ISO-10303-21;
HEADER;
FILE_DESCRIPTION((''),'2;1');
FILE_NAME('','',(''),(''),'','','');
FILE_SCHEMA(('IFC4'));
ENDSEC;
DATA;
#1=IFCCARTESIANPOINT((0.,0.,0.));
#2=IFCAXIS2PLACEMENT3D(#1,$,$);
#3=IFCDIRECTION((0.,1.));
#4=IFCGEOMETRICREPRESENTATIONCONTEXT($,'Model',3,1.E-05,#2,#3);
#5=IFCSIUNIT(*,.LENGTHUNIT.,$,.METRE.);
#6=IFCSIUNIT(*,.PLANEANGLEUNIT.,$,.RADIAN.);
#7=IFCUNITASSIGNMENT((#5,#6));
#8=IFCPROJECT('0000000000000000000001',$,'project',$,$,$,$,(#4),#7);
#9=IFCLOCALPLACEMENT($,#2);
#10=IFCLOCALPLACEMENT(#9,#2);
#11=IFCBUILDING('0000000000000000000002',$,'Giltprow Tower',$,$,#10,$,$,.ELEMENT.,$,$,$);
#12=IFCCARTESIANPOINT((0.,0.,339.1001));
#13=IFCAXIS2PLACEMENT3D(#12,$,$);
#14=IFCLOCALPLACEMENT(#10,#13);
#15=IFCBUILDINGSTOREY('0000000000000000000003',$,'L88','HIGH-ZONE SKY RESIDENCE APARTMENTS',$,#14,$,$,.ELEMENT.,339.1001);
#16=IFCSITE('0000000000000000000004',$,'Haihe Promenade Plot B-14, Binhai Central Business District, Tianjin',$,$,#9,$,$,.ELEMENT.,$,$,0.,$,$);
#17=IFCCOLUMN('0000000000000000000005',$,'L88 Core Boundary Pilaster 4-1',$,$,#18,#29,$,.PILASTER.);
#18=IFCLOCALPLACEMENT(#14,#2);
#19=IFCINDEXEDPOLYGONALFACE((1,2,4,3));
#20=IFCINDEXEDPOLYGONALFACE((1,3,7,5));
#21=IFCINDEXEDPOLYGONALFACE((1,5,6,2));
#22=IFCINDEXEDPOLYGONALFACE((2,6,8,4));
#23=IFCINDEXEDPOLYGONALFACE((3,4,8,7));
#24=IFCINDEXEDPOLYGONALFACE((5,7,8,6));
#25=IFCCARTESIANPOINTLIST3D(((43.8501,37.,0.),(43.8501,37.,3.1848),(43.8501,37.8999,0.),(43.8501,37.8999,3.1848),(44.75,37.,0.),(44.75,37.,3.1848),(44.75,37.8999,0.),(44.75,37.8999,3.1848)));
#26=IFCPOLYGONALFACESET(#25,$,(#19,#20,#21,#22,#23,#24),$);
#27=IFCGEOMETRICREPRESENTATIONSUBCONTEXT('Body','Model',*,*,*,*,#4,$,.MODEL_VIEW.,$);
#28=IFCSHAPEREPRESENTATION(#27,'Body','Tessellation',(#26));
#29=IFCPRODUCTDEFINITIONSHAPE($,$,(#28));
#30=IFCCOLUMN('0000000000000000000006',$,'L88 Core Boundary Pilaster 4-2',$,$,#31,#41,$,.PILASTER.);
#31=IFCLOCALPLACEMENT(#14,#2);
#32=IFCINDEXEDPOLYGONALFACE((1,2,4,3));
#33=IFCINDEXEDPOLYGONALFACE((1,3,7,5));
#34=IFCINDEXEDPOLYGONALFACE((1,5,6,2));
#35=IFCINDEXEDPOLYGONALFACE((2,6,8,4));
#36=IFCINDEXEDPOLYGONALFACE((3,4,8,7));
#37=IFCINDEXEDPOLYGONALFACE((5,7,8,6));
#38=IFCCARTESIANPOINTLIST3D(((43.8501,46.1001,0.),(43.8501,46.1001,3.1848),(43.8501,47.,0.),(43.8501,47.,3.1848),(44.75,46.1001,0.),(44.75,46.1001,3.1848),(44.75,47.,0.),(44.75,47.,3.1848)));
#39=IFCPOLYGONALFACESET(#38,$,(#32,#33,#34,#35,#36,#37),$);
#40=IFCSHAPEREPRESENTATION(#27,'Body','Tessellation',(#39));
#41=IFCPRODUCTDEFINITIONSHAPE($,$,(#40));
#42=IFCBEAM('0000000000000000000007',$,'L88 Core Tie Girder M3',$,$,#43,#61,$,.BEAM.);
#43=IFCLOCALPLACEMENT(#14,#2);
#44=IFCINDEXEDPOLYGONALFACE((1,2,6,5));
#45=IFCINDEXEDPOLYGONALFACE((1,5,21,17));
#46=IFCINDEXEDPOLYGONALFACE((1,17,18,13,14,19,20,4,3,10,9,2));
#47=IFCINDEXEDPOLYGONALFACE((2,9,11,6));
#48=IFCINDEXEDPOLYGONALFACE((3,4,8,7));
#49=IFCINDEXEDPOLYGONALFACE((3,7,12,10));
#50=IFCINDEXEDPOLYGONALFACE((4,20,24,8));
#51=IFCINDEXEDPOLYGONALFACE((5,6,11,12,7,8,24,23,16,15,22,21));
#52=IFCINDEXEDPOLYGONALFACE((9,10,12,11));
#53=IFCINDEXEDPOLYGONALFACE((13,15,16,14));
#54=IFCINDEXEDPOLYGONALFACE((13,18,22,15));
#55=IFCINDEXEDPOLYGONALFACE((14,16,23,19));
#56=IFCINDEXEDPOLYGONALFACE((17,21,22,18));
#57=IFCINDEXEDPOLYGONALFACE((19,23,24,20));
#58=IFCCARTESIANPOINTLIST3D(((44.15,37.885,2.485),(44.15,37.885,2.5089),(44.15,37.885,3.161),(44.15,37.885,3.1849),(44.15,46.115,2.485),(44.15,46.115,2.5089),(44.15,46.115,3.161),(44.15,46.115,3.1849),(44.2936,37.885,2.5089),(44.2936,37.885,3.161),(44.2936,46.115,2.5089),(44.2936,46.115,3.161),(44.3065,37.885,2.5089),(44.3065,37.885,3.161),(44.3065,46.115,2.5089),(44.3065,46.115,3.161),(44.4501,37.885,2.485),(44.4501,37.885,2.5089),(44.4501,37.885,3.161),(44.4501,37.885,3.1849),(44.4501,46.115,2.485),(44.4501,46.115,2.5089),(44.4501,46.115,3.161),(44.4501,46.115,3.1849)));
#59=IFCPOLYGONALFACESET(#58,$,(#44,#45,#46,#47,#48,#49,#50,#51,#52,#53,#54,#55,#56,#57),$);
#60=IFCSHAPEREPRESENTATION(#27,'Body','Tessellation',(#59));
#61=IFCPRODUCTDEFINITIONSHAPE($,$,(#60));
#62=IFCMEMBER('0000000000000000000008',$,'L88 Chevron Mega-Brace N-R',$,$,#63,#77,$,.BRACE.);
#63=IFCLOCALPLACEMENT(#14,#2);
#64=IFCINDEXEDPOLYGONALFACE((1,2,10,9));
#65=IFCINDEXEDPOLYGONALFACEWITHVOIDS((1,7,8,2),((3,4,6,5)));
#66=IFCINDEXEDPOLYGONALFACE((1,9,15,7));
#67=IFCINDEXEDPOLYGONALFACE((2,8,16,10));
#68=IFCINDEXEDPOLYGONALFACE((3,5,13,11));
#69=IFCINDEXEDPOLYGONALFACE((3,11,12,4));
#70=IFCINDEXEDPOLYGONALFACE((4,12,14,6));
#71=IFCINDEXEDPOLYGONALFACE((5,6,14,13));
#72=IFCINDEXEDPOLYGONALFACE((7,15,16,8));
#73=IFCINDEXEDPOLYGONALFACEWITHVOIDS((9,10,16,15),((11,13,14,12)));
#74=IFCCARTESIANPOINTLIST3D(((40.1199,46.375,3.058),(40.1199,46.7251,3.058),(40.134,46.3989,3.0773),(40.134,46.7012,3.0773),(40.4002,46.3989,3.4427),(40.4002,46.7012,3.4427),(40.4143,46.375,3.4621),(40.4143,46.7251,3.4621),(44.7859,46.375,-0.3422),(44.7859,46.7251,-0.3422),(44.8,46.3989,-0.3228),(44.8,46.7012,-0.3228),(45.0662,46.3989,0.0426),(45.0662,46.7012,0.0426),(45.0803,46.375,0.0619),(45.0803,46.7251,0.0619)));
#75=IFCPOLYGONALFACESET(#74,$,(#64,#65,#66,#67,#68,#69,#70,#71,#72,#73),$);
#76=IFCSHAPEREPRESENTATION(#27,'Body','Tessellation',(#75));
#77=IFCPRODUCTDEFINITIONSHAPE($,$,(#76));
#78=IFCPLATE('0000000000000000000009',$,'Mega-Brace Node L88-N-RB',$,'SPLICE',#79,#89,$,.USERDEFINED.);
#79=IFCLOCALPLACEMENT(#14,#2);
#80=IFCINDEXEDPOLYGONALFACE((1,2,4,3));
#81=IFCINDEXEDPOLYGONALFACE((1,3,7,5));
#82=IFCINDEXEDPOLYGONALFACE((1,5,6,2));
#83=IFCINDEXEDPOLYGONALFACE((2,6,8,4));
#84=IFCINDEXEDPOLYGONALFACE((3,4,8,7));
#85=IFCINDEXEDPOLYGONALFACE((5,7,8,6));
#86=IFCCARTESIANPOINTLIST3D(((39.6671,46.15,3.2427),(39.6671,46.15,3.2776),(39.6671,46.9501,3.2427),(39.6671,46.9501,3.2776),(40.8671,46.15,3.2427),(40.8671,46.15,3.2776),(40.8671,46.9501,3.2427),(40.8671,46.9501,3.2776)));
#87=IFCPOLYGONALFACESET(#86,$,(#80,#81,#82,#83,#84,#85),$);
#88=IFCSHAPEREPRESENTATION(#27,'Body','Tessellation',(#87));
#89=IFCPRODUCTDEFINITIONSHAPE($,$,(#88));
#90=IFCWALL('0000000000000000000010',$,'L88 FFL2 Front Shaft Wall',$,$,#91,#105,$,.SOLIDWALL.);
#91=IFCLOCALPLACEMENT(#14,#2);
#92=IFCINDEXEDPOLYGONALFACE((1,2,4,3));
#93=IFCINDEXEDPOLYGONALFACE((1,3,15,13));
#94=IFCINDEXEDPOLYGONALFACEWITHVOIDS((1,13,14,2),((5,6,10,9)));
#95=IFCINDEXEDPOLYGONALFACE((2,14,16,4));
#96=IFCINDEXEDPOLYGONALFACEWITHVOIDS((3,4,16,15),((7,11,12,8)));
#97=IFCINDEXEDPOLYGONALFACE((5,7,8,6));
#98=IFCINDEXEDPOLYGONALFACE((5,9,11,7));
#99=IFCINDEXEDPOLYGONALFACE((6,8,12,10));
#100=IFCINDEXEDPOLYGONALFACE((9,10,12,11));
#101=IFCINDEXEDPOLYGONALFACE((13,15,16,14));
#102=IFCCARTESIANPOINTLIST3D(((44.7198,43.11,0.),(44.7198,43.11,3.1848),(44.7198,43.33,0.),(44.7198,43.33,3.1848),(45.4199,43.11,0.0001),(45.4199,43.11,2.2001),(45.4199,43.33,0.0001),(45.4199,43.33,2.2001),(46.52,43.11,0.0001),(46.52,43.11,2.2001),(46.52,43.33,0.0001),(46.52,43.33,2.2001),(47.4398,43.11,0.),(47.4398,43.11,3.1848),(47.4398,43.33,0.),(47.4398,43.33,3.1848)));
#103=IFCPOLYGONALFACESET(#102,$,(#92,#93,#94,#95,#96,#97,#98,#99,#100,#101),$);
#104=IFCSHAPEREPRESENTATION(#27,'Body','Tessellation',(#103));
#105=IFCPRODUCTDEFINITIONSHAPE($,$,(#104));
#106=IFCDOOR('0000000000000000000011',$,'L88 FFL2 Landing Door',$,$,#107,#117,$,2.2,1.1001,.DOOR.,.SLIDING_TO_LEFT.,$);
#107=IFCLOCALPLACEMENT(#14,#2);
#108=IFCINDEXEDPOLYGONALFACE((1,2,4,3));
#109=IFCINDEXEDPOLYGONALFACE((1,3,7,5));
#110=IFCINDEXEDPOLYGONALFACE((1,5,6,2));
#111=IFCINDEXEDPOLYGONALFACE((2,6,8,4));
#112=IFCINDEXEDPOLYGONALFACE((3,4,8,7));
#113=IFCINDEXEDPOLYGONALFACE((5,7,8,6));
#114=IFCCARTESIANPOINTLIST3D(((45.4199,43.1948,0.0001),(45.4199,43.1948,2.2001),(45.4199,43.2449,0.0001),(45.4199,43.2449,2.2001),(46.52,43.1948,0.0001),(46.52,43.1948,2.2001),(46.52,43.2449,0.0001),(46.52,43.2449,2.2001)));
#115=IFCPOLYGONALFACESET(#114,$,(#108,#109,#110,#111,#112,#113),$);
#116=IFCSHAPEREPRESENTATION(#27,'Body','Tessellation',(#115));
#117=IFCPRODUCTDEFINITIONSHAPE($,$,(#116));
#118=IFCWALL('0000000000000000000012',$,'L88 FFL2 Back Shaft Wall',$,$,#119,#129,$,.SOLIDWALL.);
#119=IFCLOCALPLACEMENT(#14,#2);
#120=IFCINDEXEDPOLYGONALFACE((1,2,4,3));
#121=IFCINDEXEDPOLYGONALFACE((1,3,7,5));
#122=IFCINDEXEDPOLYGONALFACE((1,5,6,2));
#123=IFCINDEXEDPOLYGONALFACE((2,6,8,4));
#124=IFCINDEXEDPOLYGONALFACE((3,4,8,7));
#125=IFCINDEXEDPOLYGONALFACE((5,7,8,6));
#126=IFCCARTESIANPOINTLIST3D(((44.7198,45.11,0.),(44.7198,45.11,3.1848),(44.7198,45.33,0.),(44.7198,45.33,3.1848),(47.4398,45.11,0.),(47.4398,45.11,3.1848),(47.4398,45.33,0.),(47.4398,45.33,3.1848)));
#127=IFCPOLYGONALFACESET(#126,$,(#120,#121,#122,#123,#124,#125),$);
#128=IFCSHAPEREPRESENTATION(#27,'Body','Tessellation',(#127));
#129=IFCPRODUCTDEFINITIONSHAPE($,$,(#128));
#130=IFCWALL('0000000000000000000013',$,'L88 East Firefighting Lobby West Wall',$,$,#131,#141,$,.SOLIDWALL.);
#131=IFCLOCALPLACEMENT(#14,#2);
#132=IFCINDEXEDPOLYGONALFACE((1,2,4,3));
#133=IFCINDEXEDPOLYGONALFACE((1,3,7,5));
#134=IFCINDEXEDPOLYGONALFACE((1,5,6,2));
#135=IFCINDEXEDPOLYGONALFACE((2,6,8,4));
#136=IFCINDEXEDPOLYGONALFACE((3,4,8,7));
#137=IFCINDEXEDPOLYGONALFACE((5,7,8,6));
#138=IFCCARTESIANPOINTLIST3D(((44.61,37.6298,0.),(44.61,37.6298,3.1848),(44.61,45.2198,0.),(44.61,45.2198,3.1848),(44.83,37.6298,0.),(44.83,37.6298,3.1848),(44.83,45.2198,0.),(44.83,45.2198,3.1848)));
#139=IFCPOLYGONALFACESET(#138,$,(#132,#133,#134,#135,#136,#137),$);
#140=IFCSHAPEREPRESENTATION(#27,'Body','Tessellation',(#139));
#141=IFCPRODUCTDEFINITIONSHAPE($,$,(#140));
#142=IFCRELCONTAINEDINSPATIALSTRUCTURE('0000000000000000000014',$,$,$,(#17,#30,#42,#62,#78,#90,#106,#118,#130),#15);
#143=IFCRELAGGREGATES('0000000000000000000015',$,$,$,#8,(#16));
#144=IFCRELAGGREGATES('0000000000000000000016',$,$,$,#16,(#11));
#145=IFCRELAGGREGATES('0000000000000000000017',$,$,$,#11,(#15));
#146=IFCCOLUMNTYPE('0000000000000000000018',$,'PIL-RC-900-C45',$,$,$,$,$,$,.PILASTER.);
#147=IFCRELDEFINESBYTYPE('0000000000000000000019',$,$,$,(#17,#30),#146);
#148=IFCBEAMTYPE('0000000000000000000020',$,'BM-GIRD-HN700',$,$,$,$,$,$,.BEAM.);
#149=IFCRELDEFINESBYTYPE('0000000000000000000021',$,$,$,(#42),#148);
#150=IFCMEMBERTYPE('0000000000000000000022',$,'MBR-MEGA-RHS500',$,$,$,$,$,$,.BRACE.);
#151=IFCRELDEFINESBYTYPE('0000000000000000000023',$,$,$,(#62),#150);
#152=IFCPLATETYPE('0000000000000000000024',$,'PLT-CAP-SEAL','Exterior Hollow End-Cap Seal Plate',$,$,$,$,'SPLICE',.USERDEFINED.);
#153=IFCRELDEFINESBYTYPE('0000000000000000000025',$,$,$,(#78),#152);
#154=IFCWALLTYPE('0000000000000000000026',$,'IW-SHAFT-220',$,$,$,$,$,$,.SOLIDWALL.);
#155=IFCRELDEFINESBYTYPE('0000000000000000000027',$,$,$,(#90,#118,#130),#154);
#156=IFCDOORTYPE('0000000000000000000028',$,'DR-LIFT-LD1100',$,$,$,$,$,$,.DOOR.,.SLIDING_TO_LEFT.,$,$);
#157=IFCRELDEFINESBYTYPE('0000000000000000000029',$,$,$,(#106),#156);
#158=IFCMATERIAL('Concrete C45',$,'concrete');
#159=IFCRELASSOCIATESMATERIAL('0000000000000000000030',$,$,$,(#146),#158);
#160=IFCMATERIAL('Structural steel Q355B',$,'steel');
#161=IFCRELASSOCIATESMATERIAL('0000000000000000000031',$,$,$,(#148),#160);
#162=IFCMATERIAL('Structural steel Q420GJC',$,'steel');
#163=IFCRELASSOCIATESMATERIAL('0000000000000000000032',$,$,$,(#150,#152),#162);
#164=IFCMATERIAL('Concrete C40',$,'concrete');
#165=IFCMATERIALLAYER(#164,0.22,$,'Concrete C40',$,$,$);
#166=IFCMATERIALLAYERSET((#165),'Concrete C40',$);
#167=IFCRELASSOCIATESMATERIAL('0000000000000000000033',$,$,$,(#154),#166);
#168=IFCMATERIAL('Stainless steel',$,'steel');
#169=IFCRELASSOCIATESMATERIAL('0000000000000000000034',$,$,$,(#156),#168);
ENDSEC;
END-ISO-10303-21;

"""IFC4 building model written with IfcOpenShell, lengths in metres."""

from ifc_helpers import new_model, si_unit, direction, frame, frame_2d, origin, origin_2d, place, context, subcontext, project, spatial, rectangle, hollow_rectangle, i_section, extrude, source, transform, mapped, material, layer, layer_set, material_profile, profile_set, type_object, element, fill, save


model = new_model("IFC4")

# Units and contexts
model_context = context("Model", 3, precision=1e-05, world=origin(), true_north=direction((0.0, 1.0)))
body_context = subcontext(model_context, "Body", "Model", "MODEL_VIEW")
ifc_project = project(units=[si_unit("LENGTHUNIT", "METRE"), si_unit("PLANEANGLEUNIT", "RADIAN")], contexts=[model_context])

# Site, building, storey
site_placement = place(None, origin())
site = spatial("IfcSite", under=ifc_project, at=site_placement, Name="Haihe Promenade Plot B-14, Binhai Central Business District, Tianjin", CompositionType="ELEMENT", RefElevation=0.0)
building_placement = place(site_placement, origin())
building = spatial("IfcBuilding", under=site, at=building_placement, Name="Giltprow Tower", CompositionType="ELEMENT")
storey_placement = place(building_placement, frame((0.0, 0.0, 339.1001)))
storey = spatial("IfcBuildingStorey", under=building, at=storey_placement, Name="L88", Description="HIGH-ZONE SKY RESIDENCE APARTMENTS", CompositionType="ELEMENT", Elevation=339.1001)

# Columns
ifc_material_1 = material(Name="Concrete C45", Category="concrete")
ifc_material_profile_1 = material_profile(ifc_material_1, rectangle(XDim=0.8999, YDim=0.8999, at=origin_2d()), Name="RC 900x900")
ifc_profile_set_1 = profile_set([ifc_material_profile_1], Name="Concrete C45")
column_type = type_object("IfcColumnType", Name="PIL-RC-900-C45", PredefinedType="PILASTER", material=ifc_profile_set_1)
shared_shape_1 = source(origin(), body_context, "Body", "SweptSolid", [
    extrude(rectangle(XDim=0.8999, YDim=0.8999, at=origin_2d()), origin(), (0.0, 0.0, 1.0), 3.1848),
])
for number, where, z_axis, x_axis, name in (
    (1, (44.3, 37.45, 0.0), (0.0, 0.0, 1.0), (1.0, 0.0, 0.0), "L88 Core Boundary Pilaster 4-1"),
    (2, (44.3, 46.55, 0.0), (0.0, 0.0, 1.0), (1.0, 0.0, 0.0), "L88 Core Boundary Pilaster 4-2"),
):
    element("IfcColumn", number, at=place(storey_placement, frame(where, z_axis=z_axis, x_axis=x_axis)), inside=storey, type_object=column_type, Name=name, PredefinedType="PILASTER", context=body_context, shape_type="MappedRepresentation", body=[
        mapped(shared_shape_1, transform((0.0, 0.0, 0.0), x_axis=(1.0, 0.0, 0.0), y_axis=(0.0, 1.0, 0.0), z_axis=(0.0, 0.0, 1.0), scale=1.0)),
    ])

# Beam
ifc_material_2 = material(Name="Structural steel Q355B", Category="steel")
ifc_material_profile_2 = material_profile(ifc_material_2, i_section(OverallWidth=0.3, OverallDepth=0.7, WebThickness=0.0129, FlangeThickness=0.0239, at=origin_2d()), Name="HN 700x300x13x24")
ifc_profile_set_2 = profile_set([ifc_material_profile_2], Name="Structural steel Q355B")
beam_type = type_object("IfcBeamType", Name="BM-GIRD-HN700", PredefinedType="BEAM", material=ifc_profile_set_2)
shared_shape_2 = source(origin(), body_context, "Body", "SweptSolid", [
    extrude(i_section(OverallWidth=0.3, OverallDepth=0.7, WebThickness=0.0129, FlangeThickness=0.0239, at=origin_2d()), origin(), (0.0, 0.0, 1.0), 8.23),
])
beam_placement = place(storey_placement, frame((44.3, 37.885, 2.835), z_axis=(0.0, 1.0, 0.0), x_axis=(-1.0, 0.0, 0.0)))
element("IfcBeam", 3, at=beam_placement, inside=storey, type_object=beam_type, Name="L88 Core Tie Girder M3", PredefinedType="BEAM", context=body_context, shape_type="MappedRepresentation", body=[
    mapped(shared_shape_2, transform((0.0, 0.0, 0.0), x_axis=(1.0, 0.0, 0.0), y_axis=(0.0, 1.0, 0.0), z_axis=(0.0, 0.0, 1.0), scale=1.0)),
])

# Member
ifc_material_3 = material(Name="Structural steel Q420GJC", Category="steel")
ifc_material_profile_3 = material_profile(ifc_material_3, hollow_rectangle(XDim=0.3501, YDim=0.5, WallThickness=0.0239, at=origin_2d()), Name="RHS 500x350x24")
ifc_profile_set_3 = profile_set([ifc_material_profile_3], Name="Structural steel Q420GJC")
member_type = type_object("IfcMemberType", Name="MBR-MEGA-RHS500", PredefinedType="BRACE", material=ifc_profile_set_3)
shared_shape_3 = source(origin(), body_context, "Body", "SweptSolid", [
    extrude(hollow_rectangle(XDim=0.3501, YDim=0.5, WallThickness=0.0239, at=origin_2d()), origin(), (0.0, 0.0, 1.0), 5.7734),
])
member_placement = place(storey_placement, frame((44.9331, 46.55, -0.1401), z_axis=(-0.808185, 0.0, 0.588928), x_axis=(0.0, -1.0, 0.0)))
element("IfcMember", 4, at=member_placement, inside=storey, type_object=member_type, Name="L88 Chevron Mega-Brace N-R", PredefinedType="BRACE", context=body_context, shape_type="MappedRepresentation", body=[
    mapped(shared_shape_3, transform((0.0, 0.0, 0.0), x_axis=(1.0, 0.0, 0.0), y_axis=(0.0, 1.0, 0.0), z_axis=(0.0, 0.0, 1.0), scale=1.0)),
])

# Plate
plate_type = type_object("IfcPlateType", Name="PLT-CAP-SEAL", Description="Exterior Hollow End-Cap Seal Plate", ElementType="SPLICE", PredefinedType="USERDEFINED", material=ifc_material_3)
shared_shape_4 = source(origin(), body_context, "Body", "SweptSolid", [
    extrude(rectangle(XDim=1.2, YDim=0.8, at=origin_2d()), origin(), (0.0, 0.0, 1.0), 0.0349),
])
plate_placement = place(storey_placement, frame((40.2671, 46.55, 3.2427), z_axis=(0.0, 0.0, 1.0), x_axis=(1.0, 0.0, 0.0)))
element("IfcPlate", 5, at=plate_placement, inside=storey, type_object=plate_type, Name="Mega-Brace Node L88-N-RB", ObjectType="SPLICE", PredefinedType="USERDEFINED", context=body_context, shape_type="MappedRepresentation", body=[
    mapped(shared_shape_4, transform((0.0, 0.0, 0.0), x_axis=(1.0, 0.0, 0.0), y_axis=(0.0, 1.0, 0.0), z_axis=(0.0, 0.0, 1.0), scale=1.0)),
])

# Wall, opening, door
ifc_material_4 = material(Name="Concrete C40", Category="concrete")
ifc_layer_1 = layer(ifc_material_4, 0.22, Name="Concrete C40")
ifc_layer_set_1 = layer_set([ifc_layer_1], Name="Concrete C40")
wall_type_1 = type_object("IfcWallType", Name="IW-SHAFT-220", PredefinedType="SOLIDWALL", material=ifc_layer_set_1)
wall_1_placement = place(storey_placement, frame((44.72, 43.22, 0.0), z_axis=(0.0, 0.0, 1.0), x_axis=(1.0, 0.0, 0.0)))
wall_1 = element("IfcWall", 6, at=wall_1_placement, inside=storey, type_object=wall_type_1, Name="L88 FFL2 Front Shaft Wall", PredefinedType="SOLIDWALL", context=body_context, shape_type="SweptSolid", body=[
    extrude(rectangle(XDim=2.72, YDim=0.22, at=frame_2d((1.3599, 0.0))), origin(), (0.0, 0.0, 1.0), 3.1848),
])
opening_1_placement = place(wall_1_placement, frame((0.7, 0.0, 0.0)))
opening_1 = element("IfcOpeningElement", 7, at=opening_1_placement, cuts=wall_1, PredefinedType="OPENING", context=body_context, shape_type="SweptSolid", body=[
    extrude(rectangle(XDim=1.1001, YDim=2.2, at=frame_2d((0.55, 1.1001))), frame((0.0, 0.1199, 0.0), z_axis=(0.0, -1.0, 0.0), x_axis=(1.0, 0.0, 0.0)), (0.0, 0.0, 1.0), 0.24),
])
ifc_material_5 = material(Name="Stainless steel", Category="steel")
door_type_1 = type_object("IfcDoorType", Name="DR-LIFT-LD1100", OperationType="SLIDING_TO_LEFT", PredefinedType="DOOR", material=ifc_material_5)
shared_shape_5 = source(origin(), body_context, "Body", "SweptSolid", [
    extrude(rectangle(XDim=1.1001, YDim=2.2, at=frame_2d((0.55, 1.1001))), frame((0.0, 0.0249, 0.0), z_axis=(0.0, -1.0, 0.0), x_axis=(1.0, 0.0, 0.0)), (0.0, 0.0, 1.0), 0.05),
])
door_1_placement = place(opening_1_placement, origin())
door_1 = element("IfcDoor", 8, at=door_1_placement, inside=storey, type_object=door_type_1, Name="L88 FFL2 Landing Door", OperationType="SLIDING_TO_LEFT", OverallHeight=2.2, OverallWidth=1.1001, PredefinedType="DOOR", context=body_context, shape_type="MappedRepresentation", body=[
    mapped(shared_shape_5, transform((0.0, 0.0, 0.0), x_axis=(1.0, 0.0, 0.0), y_axis=(0.0, 1.0, 0.0), z_axis=(0.0, 0.0, 1.0), scale=1.0)),
])
fill(opening_1, door_1)

# Walls
wall_2_placement = place(storey_placement, frame((44.72, 45.22, 0.0), z_axis=(0.0, 0.0, 1.0), x_axis=(1.0, 0.0, 0.0)))
element("IfcWall", 9, at=wall_2_placement, inside=storey, type_object=wall_type_1, Name="L88 FFL2 Back Shaft Wall", PredefinedType="SOLIDWALL", context=body_context, shape_type="SweptSolid", body=[
    extrude(rectangle(XDim=2.72, YDim=0.22, at=frame_2d((1.3599, 0.0))), origin(), (0.0, 0.0, 1.0), 3.1848),
])
wall_3_placement = place(storey_placement, frame((44.72, 37.6299, 0.0), z_axis=(0.0, 0.0, 1.0), x_axis=(0.0, 1.0, 0.0)))
element("IfcWall", 10, at=wall_3_placement, inside=storey, type_object=wall_type_1, Name="L88 East Firefighting Lobby West Wall", PredefinedType="SOLIDWALL", context=body_context, shape_type="SweptSolid", body=[
    extrude(rectangle(XDim=7.5901, YDim=0.22, at=frame_2d((3.7949, 0.0))), origin(), (0.0, 0.0, 1.0), 3.1848),
])

save(model, "model.ifc")
